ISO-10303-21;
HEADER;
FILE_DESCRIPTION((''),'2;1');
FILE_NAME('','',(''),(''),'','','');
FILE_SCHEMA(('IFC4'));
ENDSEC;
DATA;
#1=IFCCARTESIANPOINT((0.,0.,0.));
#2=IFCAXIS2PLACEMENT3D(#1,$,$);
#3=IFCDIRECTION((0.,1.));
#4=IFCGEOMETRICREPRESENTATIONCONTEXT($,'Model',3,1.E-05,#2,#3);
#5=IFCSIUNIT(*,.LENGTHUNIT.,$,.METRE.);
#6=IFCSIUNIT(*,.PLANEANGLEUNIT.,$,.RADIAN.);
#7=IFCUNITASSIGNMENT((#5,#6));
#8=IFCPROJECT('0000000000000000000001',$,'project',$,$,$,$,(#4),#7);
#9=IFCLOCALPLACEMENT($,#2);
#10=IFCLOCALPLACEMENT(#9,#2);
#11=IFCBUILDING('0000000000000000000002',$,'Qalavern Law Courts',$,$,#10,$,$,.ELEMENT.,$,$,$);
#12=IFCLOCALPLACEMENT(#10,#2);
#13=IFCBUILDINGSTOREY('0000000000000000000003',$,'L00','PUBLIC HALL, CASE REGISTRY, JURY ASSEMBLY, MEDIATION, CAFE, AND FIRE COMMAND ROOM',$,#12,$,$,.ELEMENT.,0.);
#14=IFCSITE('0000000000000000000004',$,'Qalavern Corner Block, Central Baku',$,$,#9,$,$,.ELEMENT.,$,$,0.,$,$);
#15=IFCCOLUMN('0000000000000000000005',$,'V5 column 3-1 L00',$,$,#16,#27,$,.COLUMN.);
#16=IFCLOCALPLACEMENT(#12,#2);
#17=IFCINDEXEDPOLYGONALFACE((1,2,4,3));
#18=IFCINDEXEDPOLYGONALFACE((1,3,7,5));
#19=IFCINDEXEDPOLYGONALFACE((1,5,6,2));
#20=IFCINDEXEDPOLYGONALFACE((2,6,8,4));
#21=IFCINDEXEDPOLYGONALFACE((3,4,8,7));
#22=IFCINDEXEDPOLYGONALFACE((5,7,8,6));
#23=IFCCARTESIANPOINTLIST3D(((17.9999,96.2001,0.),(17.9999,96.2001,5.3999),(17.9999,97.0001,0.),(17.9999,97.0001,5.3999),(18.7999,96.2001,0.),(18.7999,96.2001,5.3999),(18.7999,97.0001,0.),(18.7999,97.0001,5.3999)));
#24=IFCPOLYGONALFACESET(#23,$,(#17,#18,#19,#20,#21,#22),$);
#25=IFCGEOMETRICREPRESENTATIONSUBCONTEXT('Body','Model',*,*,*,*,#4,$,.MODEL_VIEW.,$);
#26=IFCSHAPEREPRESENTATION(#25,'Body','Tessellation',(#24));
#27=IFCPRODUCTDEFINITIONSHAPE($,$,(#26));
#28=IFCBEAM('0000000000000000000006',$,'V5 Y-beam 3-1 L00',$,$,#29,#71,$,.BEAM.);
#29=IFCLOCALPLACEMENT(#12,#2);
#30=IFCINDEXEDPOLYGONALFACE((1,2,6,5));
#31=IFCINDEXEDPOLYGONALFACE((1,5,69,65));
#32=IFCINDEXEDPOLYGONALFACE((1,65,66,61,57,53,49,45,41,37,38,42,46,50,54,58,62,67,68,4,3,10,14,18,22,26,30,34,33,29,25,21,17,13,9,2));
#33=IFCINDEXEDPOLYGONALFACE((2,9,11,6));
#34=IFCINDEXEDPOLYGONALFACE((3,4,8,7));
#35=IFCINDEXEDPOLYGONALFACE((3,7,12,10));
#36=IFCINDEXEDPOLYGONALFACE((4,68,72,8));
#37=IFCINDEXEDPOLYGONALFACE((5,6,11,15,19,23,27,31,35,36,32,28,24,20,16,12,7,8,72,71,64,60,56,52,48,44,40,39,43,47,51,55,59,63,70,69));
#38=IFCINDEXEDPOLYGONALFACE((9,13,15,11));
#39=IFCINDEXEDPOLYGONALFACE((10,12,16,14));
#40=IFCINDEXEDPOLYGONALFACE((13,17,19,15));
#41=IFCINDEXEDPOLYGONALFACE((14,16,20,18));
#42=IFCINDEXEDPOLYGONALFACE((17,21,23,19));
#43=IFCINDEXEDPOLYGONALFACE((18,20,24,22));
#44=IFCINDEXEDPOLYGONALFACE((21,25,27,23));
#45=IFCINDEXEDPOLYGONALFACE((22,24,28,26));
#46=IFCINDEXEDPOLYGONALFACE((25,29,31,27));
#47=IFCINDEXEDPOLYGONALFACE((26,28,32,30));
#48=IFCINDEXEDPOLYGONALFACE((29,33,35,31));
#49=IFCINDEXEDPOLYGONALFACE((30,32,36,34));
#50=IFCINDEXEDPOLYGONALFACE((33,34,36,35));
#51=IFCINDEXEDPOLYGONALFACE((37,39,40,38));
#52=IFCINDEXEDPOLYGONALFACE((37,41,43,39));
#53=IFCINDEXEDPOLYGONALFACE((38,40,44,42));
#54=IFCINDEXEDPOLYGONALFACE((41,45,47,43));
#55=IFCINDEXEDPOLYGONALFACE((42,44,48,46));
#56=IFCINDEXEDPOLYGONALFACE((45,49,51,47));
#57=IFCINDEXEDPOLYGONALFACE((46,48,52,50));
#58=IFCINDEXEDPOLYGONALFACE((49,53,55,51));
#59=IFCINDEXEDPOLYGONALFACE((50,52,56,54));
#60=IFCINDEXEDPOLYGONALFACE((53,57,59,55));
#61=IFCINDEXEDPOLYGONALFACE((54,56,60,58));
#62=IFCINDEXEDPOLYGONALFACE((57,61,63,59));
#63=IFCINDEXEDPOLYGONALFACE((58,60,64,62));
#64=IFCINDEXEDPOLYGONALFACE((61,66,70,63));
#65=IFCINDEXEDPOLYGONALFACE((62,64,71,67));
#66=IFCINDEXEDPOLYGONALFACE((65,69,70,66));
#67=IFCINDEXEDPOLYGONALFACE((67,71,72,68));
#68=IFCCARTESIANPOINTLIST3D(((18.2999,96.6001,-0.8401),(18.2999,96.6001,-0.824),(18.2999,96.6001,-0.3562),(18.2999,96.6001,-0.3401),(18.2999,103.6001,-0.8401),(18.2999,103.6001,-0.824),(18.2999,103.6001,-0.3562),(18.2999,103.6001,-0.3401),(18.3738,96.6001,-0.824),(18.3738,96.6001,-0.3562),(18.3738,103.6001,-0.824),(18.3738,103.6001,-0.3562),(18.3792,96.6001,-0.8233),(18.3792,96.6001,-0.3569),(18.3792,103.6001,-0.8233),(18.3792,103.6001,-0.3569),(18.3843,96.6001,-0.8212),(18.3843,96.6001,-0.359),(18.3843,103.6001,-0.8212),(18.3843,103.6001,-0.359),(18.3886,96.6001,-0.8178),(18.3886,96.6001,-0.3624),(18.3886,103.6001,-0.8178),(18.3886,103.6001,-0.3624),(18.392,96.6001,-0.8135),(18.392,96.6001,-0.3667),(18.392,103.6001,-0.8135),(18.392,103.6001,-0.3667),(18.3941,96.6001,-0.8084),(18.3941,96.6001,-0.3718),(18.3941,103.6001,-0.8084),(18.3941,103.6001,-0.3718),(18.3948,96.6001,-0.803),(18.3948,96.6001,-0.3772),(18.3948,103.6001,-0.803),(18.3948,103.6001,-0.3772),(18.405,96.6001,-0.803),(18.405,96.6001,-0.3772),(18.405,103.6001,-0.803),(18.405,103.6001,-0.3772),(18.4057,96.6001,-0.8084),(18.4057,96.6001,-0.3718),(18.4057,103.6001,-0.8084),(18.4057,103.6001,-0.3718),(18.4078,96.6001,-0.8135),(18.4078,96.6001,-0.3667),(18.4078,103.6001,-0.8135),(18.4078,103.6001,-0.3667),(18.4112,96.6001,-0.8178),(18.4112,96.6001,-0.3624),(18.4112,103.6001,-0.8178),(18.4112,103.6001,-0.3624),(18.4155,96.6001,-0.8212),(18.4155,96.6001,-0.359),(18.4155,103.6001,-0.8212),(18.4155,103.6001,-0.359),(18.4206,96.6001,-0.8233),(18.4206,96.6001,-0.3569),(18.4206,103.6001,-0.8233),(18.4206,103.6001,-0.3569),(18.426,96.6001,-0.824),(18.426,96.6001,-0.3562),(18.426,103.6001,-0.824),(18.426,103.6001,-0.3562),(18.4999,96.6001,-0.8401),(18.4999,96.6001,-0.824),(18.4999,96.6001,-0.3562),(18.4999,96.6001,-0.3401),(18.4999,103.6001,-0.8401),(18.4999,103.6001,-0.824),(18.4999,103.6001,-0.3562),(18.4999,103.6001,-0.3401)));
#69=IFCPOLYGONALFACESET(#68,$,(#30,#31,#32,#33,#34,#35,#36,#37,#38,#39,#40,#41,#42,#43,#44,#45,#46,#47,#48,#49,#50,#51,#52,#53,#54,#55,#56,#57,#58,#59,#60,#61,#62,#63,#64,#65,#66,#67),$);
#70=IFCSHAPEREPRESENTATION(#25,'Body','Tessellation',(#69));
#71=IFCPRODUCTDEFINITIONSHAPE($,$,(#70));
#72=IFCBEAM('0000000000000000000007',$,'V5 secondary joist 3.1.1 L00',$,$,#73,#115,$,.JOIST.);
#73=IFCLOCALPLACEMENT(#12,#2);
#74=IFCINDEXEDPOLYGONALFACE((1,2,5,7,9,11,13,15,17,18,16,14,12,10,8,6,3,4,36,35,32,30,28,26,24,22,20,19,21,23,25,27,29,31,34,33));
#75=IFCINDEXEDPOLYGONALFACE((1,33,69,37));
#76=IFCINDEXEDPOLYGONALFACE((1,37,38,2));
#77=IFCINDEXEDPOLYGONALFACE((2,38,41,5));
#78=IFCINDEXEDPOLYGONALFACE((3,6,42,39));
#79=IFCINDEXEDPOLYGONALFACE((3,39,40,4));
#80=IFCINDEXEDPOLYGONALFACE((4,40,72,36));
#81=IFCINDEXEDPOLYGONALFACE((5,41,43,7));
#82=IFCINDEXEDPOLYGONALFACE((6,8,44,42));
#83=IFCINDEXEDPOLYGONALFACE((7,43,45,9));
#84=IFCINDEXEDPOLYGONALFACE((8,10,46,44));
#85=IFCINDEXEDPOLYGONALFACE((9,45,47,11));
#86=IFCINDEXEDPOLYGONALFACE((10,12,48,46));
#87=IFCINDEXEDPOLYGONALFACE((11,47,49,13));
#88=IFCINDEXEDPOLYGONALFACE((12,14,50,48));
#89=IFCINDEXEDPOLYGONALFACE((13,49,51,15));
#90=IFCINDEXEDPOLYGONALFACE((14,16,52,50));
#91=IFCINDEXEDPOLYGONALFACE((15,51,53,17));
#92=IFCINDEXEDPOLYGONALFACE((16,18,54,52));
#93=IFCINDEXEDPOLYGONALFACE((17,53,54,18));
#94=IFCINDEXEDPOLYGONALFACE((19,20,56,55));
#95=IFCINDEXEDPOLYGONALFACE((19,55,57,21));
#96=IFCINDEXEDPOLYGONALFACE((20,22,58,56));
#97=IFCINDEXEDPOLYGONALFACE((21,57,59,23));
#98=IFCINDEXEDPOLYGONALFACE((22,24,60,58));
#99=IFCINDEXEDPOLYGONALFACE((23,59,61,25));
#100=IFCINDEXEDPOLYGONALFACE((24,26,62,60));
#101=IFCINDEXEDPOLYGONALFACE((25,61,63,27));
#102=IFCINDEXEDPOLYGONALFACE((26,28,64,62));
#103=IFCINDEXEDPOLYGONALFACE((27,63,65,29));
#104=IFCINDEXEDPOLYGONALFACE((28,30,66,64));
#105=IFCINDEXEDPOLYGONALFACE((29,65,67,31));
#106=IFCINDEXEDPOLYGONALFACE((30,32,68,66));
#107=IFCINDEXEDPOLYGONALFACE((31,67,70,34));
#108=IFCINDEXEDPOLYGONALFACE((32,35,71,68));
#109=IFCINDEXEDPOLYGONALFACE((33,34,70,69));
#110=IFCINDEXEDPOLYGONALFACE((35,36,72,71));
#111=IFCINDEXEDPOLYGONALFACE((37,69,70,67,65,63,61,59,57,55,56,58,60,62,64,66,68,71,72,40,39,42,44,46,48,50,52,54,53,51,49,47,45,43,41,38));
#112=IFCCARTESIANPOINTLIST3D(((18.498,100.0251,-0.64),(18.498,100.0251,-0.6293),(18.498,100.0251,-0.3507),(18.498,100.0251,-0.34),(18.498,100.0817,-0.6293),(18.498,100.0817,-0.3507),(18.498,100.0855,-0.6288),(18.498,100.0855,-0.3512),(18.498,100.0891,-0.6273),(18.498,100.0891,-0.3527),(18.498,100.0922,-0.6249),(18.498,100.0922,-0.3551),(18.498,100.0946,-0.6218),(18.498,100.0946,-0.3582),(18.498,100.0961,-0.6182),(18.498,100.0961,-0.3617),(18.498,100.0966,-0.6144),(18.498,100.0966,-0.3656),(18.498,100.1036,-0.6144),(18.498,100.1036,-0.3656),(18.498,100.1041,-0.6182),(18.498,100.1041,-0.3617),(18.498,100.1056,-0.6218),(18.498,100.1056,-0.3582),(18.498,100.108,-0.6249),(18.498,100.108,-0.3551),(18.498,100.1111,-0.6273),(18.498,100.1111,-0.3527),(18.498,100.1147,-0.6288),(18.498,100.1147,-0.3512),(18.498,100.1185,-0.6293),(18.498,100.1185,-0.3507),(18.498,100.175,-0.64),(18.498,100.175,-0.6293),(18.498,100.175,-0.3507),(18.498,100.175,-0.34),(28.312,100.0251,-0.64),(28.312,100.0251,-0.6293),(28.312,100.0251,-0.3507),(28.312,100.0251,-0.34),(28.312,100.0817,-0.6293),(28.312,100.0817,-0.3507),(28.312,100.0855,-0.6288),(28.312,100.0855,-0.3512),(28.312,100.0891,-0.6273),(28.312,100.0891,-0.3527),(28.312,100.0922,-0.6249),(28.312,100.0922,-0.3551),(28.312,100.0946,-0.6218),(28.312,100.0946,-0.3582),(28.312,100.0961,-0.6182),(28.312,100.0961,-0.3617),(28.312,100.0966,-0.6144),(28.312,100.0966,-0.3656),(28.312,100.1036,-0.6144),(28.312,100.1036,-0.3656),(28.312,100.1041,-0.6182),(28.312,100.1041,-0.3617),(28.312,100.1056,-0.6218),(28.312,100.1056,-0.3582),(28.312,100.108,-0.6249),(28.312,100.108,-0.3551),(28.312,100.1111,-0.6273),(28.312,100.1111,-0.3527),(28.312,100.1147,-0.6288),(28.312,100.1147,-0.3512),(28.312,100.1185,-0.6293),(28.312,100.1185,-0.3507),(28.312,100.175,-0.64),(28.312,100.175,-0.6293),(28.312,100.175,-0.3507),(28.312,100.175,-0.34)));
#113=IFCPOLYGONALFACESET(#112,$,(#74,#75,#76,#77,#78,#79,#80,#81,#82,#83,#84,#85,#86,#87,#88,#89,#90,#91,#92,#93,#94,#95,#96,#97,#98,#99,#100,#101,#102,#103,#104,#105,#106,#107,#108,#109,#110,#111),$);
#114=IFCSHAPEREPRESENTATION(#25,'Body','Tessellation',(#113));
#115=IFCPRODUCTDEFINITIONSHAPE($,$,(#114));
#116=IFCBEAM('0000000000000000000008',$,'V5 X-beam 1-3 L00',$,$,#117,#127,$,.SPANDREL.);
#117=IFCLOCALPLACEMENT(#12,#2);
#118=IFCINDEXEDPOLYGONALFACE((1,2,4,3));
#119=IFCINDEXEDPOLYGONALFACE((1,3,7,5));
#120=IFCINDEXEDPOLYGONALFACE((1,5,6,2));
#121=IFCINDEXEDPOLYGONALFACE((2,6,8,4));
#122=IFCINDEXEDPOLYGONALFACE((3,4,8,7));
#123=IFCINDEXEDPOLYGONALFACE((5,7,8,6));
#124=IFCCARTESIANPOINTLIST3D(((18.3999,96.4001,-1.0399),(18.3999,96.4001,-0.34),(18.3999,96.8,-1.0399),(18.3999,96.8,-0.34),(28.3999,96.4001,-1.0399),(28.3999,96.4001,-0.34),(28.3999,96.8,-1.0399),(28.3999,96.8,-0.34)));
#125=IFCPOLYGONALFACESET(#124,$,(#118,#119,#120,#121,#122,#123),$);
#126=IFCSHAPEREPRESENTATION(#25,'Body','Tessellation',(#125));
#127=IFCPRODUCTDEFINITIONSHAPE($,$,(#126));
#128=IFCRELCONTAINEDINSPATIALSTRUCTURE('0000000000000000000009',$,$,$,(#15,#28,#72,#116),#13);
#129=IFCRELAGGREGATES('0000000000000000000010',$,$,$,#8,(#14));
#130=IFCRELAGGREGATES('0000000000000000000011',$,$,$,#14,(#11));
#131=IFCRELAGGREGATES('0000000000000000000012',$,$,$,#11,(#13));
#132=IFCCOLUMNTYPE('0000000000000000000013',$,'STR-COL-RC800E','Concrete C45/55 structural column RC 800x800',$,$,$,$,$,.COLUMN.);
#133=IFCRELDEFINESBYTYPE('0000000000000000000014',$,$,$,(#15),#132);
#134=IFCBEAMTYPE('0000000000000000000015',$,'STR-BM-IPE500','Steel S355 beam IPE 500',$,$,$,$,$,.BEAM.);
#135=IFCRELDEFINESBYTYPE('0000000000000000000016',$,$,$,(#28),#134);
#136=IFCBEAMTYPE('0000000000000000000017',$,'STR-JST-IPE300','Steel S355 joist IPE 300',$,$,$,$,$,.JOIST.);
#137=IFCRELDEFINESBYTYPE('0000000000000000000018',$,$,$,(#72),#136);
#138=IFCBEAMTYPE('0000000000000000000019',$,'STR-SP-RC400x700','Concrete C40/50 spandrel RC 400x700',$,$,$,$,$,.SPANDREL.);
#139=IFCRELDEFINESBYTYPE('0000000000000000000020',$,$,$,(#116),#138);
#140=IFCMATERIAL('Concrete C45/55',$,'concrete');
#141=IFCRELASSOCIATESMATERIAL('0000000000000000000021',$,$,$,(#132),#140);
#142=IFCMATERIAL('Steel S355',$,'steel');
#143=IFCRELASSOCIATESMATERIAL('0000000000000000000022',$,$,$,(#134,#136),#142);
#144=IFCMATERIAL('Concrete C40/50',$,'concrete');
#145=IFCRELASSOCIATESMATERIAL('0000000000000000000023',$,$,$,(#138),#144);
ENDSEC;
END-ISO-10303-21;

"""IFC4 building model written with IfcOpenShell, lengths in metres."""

from ifc_helpers import new_model, si_unit, direction, frame, origin, origin_2d, place, context, subcontext, project, spatial, rectangle, i_section, extrude, material, material_profile, profile_set, type_object, element, save


model = new_model("IFC4")

# Units and contexts
model_context = context("Model", 3, precision=1e-05, world=origin(), true_north=direction((0.0, 1.0)))
body_context = subcontext(model_context, "Body", "Model", "MODEL_VIEW")
ifc_project = project(units=[si_unit("LENGTHUNIT", "METRE"), si_unit("PLANEANGLEUNIT", "RADIAN")], contexts=[model_context])

# Site, building, storey
site_placement = place(None, origin())
site = spatial("IfcSite", under=ifc_project, at=site_placement, Name="Qalavern Corner Block, Central Baku", CompositionType="ELEMENT", RefElevation=0.0)
building_placement = place(site_placement, origin())
building = spatial("IfcBuilding", under=site, at=building_placement, Name="Qalavern Law Courts", CompositionType="ELEMENT")
storey_placement = place(building_placement, origin())
storey = spatial("IfcBuildingStorey", under=building, at=storey_placement, Name="L00", Description="PUBLIC HALL, CASE REGISTRY, JURY ASSEMBLY, MEDIATION, CAFE, AND FIRE COMMAND ROOM", CompositionType="ELEMENT", Elevation=0.0)

# Column
ifc_material_1 = material(Name="Concrete C45/55", Category="concrete")
ifc_material_profile_1 = material_profile(ifc_material_1, rectangle(XDim=0.8, YDim=0.8, at=origin_2d()), Name="RC 800x800")
ifc_profile_set_1 = profile_set([ifc_material_profile_1], Name="Concrete C45/55")
column_type = type_object("IfcColumnType", Name="STR-COL-RC800E", Description="Concrete C45/55 structural column RC 800x800", PredefinedType="COLUMN", material=ifc_profile_set_1)
column_placement = place(storey_placement, frame((18.3999, 96.6001, 0.0), z_axis=(0.0, 0.0, 1.0), x_axis=(1.0, 0.0, 0.0)))
element("IfcColumn", 1, at=column_placement, inside=storey, type_object=column_type, Name="V5 column 3-1 L00", PredefinedType="COLUMN", context=body_context, shape_type="SweptSolid", body=[
    extrude(rectangle(XDim=0.8, YDim=0.8, at=origin_2d()), origin(), (0.0, 0.0, 1.0), 5.3999),
])

# Beams
ifc_material_2 = material(Name="Steel S355", Category="steel")
ifc_material_profile_2 = material_profile(ifc_material_2, i_section(OverallWidth=0.2, OverallDepth=0.5, WebThickness=0.0103, FlangeThickness=0.0161, FilletRadius=0.021, at=origin_2d()), Name="IPE 500")
ifc_profile_set_2 = profile_set([ifc_material_profile_2], Name="Steel S355")
beam_type_1 = type_object("IfcBeamType", Name="STR-BM-IPE500", Description="Steel S355 beam IPE 500", PredefinedType="BEAM", material=ifc_profile_set_2)
beam_1_placement = place(storey_placement, frame((18.3999, 96.6001, -0.5901), z_axis=(0.0, 1.0, 0.0), x_axis=(-1.0, 0.0, 0.0)))
element("IfcBeam", 2, at=beam_1_placement, inside=storey, type_object=beam_type_1, Name="V5 Y-beam 3-1 L00", PredefinedType="BEAM", context=body_context, shape_type="SweptSolid", body=[
    extrude(i_section(OverallWidth=0.2, OverallDepth=0.5, WebThickness=0.0103, FlangeThickness=0.0161, FilletRadius=0.021, at=origin_2d()), origin(), (0.0, 0.0, 1.0), 7.0),
])
ifc_material_profile_3 = material_profile(ifc_material_2, i_section(OverallWidth=0.1499, OverallDepth=0.3, WebThickness=0.0071, FlangeThickness=0.0107, FilletRadius=0.0149, at=origin_2d()), Name="IPE 300")
ifc_profile_set_3 = profile_set([ifc_material_profile_3], Name="Steel S355")
beam_type_2 = type_object("IfcBeamType", Name="STR-JST-IPE300", Description="Steel S355 joist IPE 300", PredefinedType="JOIST", material=ifc_profile_set_3)
beam_2_placement = place(storey_placement, frame((18.498, 100.1001, -0.49), z_axis=(1.0, 0.0, 0.0), x_axis=(0.0, 1.0, 0.0)))
element("IfcBeam", 3, at=beam_2_placement, inside=storey, type_object=beam_type_2, Name="V5 secondary joist 3.1.1 L00", PredefinedType="JOIST", context=body_context, shape_type="SweptSolid", body=[
    extrude(i_section(OverallWidth=0.1499, OverallDepth=0.3, WebThickness=0.0071, FlangeThickness=0.0107, FilletRadius=0.0149, at=origin_2d()), origin(), (0.0, 0.0, 1.0), 9.814),
])
ifc_material_3 = material(Name="Concrete C40/50", Category="concrete")
ifc_material_profile_4 = material_profile(ifc_material_3, rectangle(XDim=0.3999, YDim=0.7, at=origin_2d()), Name="RC 400x700")
ifc_profile_set_4 = profile_set([ifc_material_profile_4], Name="Concrete C40/50")
beam_type_3 = type_object("IfcBeamType", Name="STR-SP-RC400x700", Description="Concrete C40/50 spandrel RC 400x700", PredefinedType="SPANDREL", material=ifc_profile_set_4)
beam_3_placement = place(storey_placement, frame((18.3999, 96.6001, -0.6899), z_axis=(1.0, 0.0, 0.0), x_axis=(0.0, 1.0, 0.0)))
element("IfcBeam", 4, at=beam_3_placement, inside=storey, type_object=beam_type_3, Name="V5 X-beam 1-3 L00", PredefinedType="SPANDREL", context=body_context, shape_type="SweptSolid", body=[
    extrude(rectangle(XDim=0.3999, YDim=0.7, at=origin_2d()), origin(), (0.0, 0.0, 1.0), 10.0),
])

save(model, "model.ifc")
